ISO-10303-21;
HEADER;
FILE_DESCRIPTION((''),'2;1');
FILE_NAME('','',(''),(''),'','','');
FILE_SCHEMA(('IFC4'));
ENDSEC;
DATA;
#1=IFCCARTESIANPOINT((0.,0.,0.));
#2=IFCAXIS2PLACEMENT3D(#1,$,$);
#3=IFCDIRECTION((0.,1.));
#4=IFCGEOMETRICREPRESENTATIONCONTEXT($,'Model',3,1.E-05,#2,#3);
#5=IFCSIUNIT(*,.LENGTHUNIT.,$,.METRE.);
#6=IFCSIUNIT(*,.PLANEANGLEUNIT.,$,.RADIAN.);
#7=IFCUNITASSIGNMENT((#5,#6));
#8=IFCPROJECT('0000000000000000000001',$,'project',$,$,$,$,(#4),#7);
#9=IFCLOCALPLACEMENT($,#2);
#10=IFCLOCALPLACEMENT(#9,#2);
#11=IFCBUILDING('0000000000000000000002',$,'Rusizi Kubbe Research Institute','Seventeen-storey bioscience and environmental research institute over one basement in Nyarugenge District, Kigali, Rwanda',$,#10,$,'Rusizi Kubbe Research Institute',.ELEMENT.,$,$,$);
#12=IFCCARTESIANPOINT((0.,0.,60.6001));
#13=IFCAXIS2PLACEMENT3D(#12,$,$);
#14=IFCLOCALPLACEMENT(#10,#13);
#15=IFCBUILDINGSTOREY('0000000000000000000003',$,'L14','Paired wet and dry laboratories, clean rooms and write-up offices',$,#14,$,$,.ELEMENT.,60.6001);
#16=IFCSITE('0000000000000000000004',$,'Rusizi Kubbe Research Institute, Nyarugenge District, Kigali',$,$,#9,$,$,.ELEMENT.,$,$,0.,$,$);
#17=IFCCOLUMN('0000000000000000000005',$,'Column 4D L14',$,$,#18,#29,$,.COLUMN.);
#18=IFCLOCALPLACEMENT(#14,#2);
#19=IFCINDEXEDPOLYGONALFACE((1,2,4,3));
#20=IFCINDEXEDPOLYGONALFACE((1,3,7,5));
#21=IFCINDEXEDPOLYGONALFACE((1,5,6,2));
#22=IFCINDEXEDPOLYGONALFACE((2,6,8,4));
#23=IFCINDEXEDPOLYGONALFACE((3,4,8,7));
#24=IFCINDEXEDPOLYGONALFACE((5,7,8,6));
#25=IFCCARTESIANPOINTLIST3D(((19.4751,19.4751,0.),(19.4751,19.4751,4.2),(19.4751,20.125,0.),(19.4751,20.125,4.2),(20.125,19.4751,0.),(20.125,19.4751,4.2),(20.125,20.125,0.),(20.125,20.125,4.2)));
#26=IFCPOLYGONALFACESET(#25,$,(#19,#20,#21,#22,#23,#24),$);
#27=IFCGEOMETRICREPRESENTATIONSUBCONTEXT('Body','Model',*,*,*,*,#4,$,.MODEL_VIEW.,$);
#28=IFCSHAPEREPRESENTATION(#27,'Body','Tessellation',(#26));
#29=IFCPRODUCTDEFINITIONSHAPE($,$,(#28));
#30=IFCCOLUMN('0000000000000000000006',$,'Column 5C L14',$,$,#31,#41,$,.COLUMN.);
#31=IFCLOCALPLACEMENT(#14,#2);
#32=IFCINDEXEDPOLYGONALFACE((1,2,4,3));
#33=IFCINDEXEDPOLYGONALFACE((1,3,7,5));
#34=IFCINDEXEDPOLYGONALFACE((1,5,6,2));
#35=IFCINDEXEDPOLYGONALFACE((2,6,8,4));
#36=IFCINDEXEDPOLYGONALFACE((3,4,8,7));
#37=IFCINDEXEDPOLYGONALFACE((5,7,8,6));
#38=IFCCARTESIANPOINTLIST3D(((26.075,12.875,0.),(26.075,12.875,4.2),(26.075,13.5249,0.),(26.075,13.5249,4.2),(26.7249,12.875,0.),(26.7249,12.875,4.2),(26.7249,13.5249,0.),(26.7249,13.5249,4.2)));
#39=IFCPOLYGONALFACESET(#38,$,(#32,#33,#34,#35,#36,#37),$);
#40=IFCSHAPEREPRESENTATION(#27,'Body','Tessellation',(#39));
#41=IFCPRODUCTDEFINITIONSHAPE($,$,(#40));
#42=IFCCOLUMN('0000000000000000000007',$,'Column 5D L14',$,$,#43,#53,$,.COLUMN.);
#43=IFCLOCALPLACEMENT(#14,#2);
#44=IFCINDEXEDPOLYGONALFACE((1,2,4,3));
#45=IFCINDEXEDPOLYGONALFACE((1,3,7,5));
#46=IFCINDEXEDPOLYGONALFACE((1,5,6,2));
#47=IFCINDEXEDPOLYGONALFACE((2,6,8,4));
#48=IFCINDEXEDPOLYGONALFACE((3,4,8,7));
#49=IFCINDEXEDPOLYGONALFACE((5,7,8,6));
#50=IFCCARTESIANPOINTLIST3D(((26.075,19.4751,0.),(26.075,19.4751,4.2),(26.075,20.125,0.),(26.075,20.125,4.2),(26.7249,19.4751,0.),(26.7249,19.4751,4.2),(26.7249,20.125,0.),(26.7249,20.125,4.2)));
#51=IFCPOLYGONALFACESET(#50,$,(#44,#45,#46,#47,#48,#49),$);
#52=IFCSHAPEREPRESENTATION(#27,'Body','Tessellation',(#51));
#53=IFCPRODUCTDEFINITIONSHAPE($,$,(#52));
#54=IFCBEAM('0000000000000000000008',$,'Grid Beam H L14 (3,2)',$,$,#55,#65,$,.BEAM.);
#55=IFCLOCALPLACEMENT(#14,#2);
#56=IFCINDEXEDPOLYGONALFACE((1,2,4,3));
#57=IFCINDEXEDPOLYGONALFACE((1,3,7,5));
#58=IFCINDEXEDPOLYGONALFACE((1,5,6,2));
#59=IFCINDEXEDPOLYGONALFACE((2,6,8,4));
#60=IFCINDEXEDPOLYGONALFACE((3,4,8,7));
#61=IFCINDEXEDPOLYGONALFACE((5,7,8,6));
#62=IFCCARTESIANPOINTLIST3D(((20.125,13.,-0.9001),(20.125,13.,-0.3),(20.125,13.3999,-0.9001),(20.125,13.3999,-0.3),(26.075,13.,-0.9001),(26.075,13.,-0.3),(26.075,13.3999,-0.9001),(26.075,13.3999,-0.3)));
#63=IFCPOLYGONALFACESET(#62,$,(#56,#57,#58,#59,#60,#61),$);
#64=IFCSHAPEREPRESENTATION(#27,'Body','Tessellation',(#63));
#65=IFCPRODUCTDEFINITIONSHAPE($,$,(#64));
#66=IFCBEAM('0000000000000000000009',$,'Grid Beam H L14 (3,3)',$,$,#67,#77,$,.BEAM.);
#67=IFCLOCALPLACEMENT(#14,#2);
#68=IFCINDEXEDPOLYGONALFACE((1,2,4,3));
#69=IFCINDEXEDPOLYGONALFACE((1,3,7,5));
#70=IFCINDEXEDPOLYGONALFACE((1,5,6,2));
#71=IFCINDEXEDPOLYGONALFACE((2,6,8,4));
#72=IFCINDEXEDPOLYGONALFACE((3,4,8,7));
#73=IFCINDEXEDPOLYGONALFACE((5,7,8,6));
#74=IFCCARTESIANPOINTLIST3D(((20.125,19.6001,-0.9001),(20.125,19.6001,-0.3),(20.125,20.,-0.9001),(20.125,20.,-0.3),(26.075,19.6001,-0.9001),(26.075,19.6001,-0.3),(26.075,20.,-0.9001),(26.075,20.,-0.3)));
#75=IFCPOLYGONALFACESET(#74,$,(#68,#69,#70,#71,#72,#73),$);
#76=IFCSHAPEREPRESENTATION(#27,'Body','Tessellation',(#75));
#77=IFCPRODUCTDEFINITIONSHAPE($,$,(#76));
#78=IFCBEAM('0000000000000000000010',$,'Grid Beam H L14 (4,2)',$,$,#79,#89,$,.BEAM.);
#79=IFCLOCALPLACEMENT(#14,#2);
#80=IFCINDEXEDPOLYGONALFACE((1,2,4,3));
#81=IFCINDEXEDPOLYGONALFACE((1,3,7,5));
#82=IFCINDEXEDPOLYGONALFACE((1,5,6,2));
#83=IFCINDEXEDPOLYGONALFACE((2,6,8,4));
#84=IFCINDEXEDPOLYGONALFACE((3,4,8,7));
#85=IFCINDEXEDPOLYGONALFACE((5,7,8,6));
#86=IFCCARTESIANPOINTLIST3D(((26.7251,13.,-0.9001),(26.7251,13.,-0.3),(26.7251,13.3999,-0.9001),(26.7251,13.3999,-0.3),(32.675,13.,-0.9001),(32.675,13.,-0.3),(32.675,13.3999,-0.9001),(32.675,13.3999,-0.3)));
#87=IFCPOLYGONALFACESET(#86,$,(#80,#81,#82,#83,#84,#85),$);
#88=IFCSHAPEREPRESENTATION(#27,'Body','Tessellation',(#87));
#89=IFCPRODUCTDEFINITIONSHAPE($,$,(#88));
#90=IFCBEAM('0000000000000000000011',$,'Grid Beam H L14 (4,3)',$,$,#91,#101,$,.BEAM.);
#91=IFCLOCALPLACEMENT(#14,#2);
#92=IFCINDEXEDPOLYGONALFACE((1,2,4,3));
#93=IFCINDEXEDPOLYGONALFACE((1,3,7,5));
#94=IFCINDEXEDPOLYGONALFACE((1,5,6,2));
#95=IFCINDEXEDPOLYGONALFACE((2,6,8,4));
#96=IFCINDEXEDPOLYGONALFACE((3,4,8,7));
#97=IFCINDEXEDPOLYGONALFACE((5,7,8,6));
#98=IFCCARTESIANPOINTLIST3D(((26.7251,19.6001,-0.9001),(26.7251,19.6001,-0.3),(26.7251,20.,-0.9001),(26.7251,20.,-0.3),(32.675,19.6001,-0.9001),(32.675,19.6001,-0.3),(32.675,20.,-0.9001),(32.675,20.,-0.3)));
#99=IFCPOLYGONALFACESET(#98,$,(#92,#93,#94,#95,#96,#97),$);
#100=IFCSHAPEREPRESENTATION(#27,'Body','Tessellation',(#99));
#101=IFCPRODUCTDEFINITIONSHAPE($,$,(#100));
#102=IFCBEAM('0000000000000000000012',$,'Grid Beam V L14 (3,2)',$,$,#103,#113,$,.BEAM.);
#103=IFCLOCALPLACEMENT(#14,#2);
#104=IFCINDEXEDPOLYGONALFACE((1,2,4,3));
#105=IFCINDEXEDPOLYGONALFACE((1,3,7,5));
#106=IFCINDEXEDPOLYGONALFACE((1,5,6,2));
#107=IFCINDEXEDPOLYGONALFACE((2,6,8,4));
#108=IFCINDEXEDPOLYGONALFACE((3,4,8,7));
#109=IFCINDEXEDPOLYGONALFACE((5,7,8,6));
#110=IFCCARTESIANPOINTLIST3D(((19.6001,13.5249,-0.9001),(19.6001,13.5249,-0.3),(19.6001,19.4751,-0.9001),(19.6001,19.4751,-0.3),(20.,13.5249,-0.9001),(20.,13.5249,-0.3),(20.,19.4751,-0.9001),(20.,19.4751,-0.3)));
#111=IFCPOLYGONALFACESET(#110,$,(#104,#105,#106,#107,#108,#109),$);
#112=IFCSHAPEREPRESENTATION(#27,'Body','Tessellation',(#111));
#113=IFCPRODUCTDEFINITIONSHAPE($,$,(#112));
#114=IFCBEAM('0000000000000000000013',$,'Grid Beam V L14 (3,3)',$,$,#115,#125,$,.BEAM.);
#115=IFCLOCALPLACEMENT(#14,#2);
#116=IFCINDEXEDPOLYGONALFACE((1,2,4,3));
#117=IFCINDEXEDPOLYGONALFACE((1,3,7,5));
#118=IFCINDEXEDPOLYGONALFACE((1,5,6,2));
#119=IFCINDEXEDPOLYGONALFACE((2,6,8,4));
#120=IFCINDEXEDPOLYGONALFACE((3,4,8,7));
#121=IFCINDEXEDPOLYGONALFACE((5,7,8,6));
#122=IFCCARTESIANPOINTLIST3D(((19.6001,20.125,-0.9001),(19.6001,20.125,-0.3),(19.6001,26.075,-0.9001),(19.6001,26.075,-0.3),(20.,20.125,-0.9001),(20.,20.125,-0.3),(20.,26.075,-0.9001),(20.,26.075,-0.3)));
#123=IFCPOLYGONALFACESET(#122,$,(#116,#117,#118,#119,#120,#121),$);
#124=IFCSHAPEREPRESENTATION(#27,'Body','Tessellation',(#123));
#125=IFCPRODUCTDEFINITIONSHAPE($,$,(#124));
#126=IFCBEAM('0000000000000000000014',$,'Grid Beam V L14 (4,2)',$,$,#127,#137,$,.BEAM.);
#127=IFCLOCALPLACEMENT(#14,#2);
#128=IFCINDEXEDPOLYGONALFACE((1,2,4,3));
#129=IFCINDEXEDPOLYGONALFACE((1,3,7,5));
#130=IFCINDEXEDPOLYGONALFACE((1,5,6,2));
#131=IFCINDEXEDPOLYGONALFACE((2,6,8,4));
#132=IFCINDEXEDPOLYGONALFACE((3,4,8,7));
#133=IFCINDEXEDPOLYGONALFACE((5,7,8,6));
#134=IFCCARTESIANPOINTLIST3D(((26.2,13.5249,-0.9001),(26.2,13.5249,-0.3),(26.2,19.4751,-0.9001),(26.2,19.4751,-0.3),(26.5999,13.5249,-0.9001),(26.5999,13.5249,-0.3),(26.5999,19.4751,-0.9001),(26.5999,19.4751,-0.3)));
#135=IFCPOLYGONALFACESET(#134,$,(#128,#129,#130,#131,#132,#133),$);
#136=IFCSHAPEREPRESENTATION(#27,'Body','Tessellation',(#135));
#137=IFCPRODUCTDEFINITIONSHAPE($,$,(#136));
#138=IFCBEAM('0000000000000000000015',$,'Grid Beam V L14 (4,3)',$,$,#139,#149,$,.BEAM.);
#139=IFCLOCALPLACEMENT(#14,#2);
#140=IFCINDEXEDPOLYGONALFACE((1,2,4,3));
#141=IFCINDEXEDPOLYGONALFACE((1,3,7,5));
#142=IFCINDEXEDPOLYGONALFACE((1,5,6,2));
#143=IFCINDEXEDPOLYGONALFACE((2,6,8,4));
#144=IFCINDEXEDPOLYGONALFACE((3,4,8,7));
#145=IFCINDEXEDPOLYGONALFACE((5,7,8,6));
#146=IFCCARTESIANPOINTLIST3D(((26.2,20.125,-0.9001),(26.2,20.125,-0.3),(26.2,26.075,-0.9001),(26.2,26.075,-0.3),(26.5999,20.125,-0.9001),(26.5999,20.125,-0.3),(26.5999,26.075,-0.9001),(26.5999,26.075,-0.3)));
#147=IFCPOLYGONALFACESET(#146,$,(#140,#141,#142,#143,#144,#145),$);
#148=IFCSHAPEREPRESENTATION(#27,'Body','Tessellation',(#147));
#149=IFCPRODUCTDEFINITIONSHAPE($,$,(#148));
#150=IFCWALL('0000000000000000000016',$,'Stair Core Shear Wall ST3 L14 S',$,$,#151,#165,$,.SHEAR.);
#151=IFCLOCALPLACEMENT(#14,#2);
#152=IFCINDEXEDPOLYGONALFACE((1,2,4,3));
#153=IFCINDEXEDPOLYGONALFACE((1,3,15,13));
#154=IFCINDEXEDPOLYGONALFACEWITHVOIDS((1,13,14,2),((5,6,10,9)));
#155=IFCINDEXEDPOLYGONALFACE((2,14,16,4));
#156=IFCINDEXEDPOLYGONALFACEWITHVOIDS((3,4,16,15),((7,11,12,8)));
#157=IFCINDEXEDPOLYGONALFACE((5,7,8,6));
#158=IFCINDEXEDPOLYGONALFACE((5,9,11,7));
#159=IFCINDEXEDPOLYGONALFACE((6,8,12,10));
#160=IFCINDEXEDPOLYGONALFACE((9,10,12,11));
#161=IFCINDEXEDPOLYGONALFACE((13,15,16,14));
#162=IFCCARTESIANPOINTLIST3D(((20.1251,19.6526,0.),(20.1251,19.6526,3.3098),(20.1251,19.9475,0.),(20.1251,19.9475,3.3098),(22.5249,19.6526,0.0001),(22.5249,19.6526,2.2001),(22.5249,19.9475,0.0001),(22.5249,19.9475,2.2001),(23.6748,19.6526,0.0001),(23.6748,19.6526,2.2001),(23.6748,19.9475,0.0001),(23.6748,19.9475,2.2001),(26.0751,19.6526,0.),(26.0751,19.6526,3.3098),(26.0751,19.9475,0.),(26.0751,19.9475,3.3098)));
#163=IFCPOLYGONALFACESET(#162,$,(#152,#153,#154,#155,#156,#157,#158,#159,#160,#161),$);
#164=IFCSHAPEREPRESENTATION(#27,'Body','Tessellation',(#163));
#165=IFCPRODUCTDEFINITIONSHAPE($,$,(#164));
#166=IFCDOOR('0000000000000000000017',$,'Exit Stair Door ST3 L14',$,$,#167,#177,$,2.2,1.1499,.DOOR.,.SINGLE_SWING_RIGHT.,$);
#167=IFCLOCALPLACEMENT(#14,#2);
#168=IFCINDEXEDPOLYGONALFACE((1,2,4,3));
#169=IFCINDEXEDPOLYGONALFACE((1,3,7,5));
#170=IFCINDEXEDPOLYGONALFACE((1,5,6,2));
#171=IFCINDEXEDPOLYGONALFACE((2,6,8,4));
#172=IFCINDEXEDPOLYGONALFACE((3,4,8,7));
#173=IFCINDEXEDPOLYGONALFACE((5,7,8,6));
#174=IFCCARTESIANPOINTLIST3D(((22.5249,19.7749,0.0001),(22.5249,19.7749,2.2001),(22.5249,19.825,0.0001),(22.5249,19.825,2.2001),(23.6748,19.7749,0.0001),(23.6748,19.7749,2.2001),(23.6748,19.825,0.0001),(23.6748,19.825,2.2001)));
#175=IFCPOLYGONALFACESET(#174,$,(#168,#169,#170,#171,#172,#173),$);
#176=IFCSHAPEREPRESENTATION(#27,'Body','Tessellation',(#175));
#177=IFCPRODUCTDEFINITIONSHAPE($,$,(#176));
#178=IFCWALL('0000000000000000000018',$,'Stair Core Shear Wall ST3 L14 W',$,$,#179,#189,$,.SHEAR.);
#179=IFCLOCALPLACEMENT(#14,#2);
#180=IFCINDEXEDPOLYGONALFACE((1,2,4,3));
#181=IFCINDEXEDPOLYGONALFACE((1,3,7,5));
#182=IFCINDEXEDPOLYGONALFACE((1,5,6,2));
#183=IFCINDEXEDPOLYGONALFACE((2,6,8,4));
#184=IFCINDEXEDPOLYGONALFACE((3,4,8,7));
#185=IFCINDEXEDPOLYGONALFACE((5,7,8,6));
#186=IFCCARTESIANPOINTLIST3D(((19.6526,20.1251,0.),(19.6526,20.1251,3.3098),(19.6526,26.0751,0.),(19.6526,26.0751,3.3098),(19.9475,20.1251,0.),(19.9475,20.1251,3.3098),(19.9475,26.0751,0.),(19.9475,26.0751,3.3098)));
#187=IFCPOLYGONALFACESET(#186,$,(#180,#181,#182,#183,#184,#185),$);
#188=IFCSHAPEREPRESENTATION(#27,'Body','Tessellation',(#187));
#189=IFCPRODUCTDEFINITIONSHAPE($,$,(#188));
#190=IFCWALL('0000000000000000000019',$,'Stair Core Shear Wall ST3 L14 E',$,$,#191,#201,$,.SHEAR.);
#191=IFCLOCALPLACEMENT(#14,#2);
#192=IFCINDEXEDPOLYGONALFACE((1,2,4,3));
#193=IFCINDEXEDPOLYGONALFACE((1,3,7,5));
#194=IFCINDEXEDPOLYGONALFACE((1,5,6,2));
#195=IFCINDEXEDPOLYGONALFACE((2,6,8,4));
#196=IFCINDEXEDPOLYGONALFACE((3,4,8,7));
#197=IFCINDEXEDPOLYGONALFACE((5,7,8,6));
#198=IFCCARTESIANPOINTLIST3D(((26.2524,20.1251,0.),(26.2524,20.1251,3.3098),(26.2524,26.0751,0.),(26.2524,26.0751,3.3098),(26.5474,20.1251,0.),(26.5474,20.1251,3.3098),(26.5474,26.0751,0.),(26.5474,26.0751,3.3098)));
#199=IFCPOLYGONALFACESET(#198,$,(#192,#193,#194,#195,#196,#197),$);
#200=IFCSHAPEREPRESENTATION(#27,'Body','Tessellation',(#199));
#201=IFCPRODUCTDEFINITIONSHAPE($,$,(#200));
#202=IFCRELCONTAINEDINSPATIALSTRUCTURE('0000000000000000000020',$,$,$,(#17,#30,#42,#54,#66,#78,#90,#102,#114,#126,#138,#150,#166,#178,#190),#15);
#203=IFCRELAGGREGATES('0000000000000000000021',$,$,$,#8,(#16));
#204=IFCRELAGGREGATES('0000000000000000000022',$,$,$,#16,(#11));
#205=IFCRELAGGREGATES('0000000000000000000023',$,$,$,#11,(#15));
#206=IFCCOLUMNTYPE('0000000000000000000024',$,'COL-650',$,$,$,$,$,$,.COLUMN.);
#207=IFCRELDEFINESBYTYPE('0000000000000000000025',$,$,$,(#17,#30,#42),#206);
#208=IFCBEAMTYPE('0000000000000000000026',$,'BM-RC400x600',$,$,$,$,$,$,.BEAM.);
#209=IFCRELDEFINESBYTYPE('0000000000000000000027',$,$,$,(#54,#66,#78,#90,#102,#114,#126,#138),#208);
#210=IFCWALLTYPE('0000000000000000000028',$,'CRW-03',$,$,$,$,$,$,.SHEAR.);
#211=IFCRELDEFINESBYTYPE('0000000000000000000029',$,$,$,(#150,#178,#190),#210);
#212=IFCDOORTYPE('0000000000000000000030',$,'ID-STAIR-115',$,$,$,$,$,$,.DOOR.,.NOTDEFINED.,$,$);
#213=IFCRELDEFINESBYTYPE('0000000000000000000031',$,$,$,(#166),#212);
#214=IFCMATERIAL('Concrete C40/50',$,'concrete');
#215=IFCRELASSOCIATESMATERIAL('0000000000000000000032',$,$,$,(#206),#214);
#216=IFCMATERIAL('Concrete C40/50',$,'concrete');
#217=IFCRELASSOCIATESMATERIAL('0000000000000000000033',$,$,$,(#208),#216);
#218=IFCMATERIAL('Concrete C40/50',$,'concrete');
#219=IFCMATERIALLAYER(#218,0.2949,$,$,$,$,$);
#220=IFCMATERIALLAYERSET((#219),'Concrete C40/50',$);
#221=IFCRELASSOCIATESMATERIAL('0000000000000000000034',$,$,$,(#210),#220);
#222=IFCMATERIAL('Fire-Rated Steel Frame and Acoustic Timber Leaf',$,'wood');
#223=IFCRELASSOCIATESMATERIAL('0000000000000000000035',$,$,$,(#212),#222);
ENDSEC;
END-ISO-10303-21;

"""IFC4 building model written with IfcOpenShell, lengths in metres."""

from ifc_helpers import new_model, si_unit, direction, frame, frame_2d, origin, origin_2d, place, context, subcontext, project, spatial, rectangle, extrude, material, layer, layer_set, material_profile, profile_set, type_object, element, fill, save


model = new_model("IFC4")

# Units and contexts
model_context = context("Model", 3, precision=1e-05, world=origin(), true_north=direction((0.0, 1.0)))
body_context = subcontext(model_context, "Body", "Model", "MODEL_VIEW")
ifc_project = project(units=[si_unit("LENGTHUNIT", "METRE"), si_unit("PLANEANGLEUNIT", "RADIAN")], contexts=[model_context])

# Site, building, storey
site_placement = place(None, origin())
site = spatial("IfcSite", under=ifc_project, at=site_placement, Name="Rusizi Kubbe Research Institute, Nyarugenge District, Kigali", CompositionType="ELEMENT", RefElevation=0.0)
building_placement = place(site_placement, origin())
building = spatial("IfcBuilding", under=site, at=building_placement, Name="Rusizi Kubbe Research Institute", Description="Seventeen-storey bioscience and environmental research institute over one basement in Nyarugenge District, Kigali, Rwanda", LongName="Rusizi Kubbe Research Institute", CompositionType="ELEMENT")
storey_placement = place(building_placement, frame((0.0, 0.0, 60.6001)))
storey = spatial("IfcBuildingStorey", under=building, at=storey_placement, Name="L14", Description="Paired wet and dry laboratories, clean rooms and write-up offices", CompositionType="ELEMENT", Elevation=60.6001)

# Columns
ifc_material_1 = material(Name="Concrete C40/50", Category="concrete")
ifc_material_profile_1 = material_profile(ifc_material_1, rectangle(XDim=0.6499, YDim=0.6499, at=origin_2d()), Name="RC650x650")
ifc_profile_set_1 = profile_set([ifc_material_profile_1], Name="Concrete C40/50")
column_type = type_object("IfcColumnType", Name="COL-650", PredefinedType="COLUMN", material=ifc_profile_set_1)
for number, where, z_axis, x_axis, name in (
    (1, (19.8, 19.8, 0.0), (0.0, 0.0, 1.0), (1.0, 0.0, 0.0), "Column 4D L14"),
    (2, (26.3999, 13.2, 0.0), (0.0, 0.0, 1.0), (1.0, 0.0, 0.0), "Column 5C L14"),
    (3, (26.3999, 19.8, 0.0), (0.0, 0.0, 1.0), (1.0, 0.0, 0.0), "Column 5D L14"),
):
    element("IfcColumn", number, at=place(storey_placement, frame(where, z_axis=z_axis, x_axis=x_axis)), inside=storey, type_object=column_type, Name=name, PredefinedType="COLUMN", context=body_context, shape_type="SweptSolid", body=[
        extrude(rectangle(XDim=0.6499, YDim=0.6499, at=origin_2d()), origin(), (0.0, 0.0, 1.0), 4.2),
    ])

# Beams
ifc_material_2 = material(Name="Concrete C40/50", Category="concrete")
ifc_material_profile_2 = material_profile(ifc_material_2, rectangle(XDim=0.3999, YDim=0.6001, at=origin_2d()), Name="RC400x600")
ifc_profile_set_2 = profile_set([ifc_material_profile_2], Name="Concrete C40/50")
beam_type = type_object("IfcBeamType", Name="BM-RC400x600", PredefinedType="BEAM", material=ifc_profile_set_2)
for number, where, z_axis, x_axis, name in (
    (4, (20.125, 13.2, -0.6001), (1.0, 0.0, 0.0), (0.0, 1.0, 0.0), "Grid Beam H L14 (3,2)"),
    (5, (20.125, 19.8, -0.6001), (1.0, 0.0, 0.0), (0.0, 1.0, 0.0), "Grid Beam H L14 (3,3)"),
    (6, (26.7251, 13.2, -0.6001), (1.0, 0.0, 0.0), (0.0, 1.0, 0.0), "Grid Beam H L14 (4,2)"),
    (7, (26.7251, 19.8, -0.6001), (1.0, 0.0, 0.0), (0.0, 1.0, 0.0), "Grid Beam H L14 (4,3)"),
):
    element("IfcBeam", number, at=place(storey_placement, frame(where, z_axis=z_axis, x_axis=x_axis)), inside=storey, type_object=beam_type, Name=name, PredefinedType="BEAM", context=body_context, shape_type="SweptSolid", body=[
        extrude(rectangle(XDim=0.3999, YDim=0.6001, at=origin_2d()), origin(), (0.0, 0.0, 1.0), 5.95),
    ])
beam_1_placement = place(storey_placement, frame((19.8, 13.5249, -0.6001), z_axis=(0.0, 1.0, 0.0), x_axis=(-1.0, 0.0, 0.0)))
element("IfcBeam", 8, at=beam_1_placement, inside=storey, type_object=beam_type, Name="Grid Beam V L14 (3,2)", PredefinedType="BEAM", context=body_context, shape_type="SweptSolid", body=[
    extrude(rectangle(XDim=0.3999, YDim=0.6001, at=origin_2d()), origin(), (0.0, 0.0, 1.0), 5.9502),
])
beam_2_placement = place(storey_placement, frame((19.8, 20.125, -0.6001), z_axis=(0.0, 1.0, 0.0), x_axis=(-1.0, 0.0, 0.0)))
element("IfcBeam", 9, at=beam_2_placement, inside=storey, type_object=beam_type, Name="Grid Beam V L14 (3,3)", PredefinedType="BEAM", context=body_context, shape_type="SweptSolid", body=[
    extrude(rectangle(XDim=0.3999, YDim=0.6001, at=origin_2d()), origin(), (0.0, 0.0, 1.0), 5.95),
])
beam_3_placement = place(storey_placement, frame((26.3999, 13.5249, -0.6001), z_axis=(0.0, 1.0, 0.0), x_axis=(-1.0, 0.0, 0.0)))
element("IfcBeam", 10, at=beam_3_placement, inside=storey, type_object=beam_type, Name="Grid Beam V L14 (4,2)", PredefinedType="BEAM", context=body_context, shape_type="SweptSolid", body=[
    extrude(rectangle(XDim=0.3999, YDim=0.6001, at=origin_2d()), origin(), (0.0, 0.0, 1.0), 5.9502),
])
beam_4_placement = place(storey_placement, frame((26.3999, 20.125, -0.6001), z_axis=(0.0, 1.0, 0.0), x_axis=(-1.0, 0.0, 0.0)))
element("IfcBeam", 11, at=beam_4_placement, inside=storey, type_object=beam_type, Name="Grid Beam V L14 (4,3)", PredefinedType="BEAM", context=body_context, shape_type="SweptSolid", body=[
    extrude(rectangle(XDim=0.3999, YDim=0.6001, at=origin_2d()), origin(), (0.0, 0.0, 1.0), 5.95),
])

# Wall, opening, door
ifc_material_3 = material(Name="Concrete C40/50", Category="concrete")
ifc_layer_1 = layer(ifc_material_3, 0.2949)
ifc_layer_set_1 = layer_set([ifc_layer_1], Name="Concrete C40/50")
wall_type_1 = type_object("IfcWallType", Name="CRW-03", PredefinedType="SHEAR", material=ifc_layer_set_1)
wall_1_placement = place(storey_placement, frame((20.125, 19.8, 0.0), z_axis=(0.0, 0.0, 1.0), x_axis=(1.0, 0.0, 0.0)))
wall_1 = element("IfcWall", 12, at=wall_1_placement, inside=storey, type_object=wall_type_1, Name="Stair Core Shear Wall ST3 L14 S", PredefinedType="SHEAR", context=body_context, shape_type="SweptSolid", body=[
    extrude(rectangle(XDim=5.95, YDim=0.2949, at=frame_2d((2.9751, 0.0))), origin(), (0.0, 0.0, 1.0), 3.3098),
])
opening_1_placement = place(wall_1_placement, frame((2.3999, 0.0, 0.0)))
opening_1 = element("IfcOpeningElement", 13, at=opening_1_placement, cuts=wall_1, PredefinedType="OPENING", context=body_context, shape_type="SweptSolid", body=[
    extrude(rectangle(XDim=1.1499, YDim=2.2, at=frame_2d((0.575, 1.1001))), frame((0.0, 0.1575, 0.0), z_axis=(0.0, -1.0, 0.0), x_axis=(1.0, 0.0, 0.0)), (0.0, 0.0, 1.0), 0.3149),
])
ifc_material_4 = material(Name="Fire-Rated Steel Frame and Acoustic Timber Leaf", Category="wood")
door_type_1 = type_object("IfcDoorType", Name="ID-STAIR-115", OperationType="NOTDEFINED", PredefinedType="DOOR", material=ifc_material_4)
door_1_placement = place(opening_1_placement, origin())
door_1 = element("IfcDoor", 14, at=door_1_placement, inside=storey, type_object=door_type_1, Name="Exit Stair Door ST3 L14", OperationType="SINGLE_SWING_RIGHT", OverallHeight=2.2, OverallWidth=1.1499, PredefinedType="DOOR", context=body_context, shape_type="SweptSolid", body=[
    extrude(rectangle(XDim=1.1499, YDim=2.2, at=frame_2d((0.575, 1.1001))), frame((0.0, 0.0249, 0.0), z_axis=(0.0, -1.0, 0.0), x_axis=(1.0, 0.0, 0.0)), (0.0, 0.0, 1.0), 0.05),
])
fill(opening_1, door_1)

# Walls
for number, where, z_axis, x_axis, name in (
    (15, (19.8, 20.125, 0.0), (0.0, 0.0, 1.0), (0.0, 1.0, 0.0), "Stair Core Shear Wall ST3 L14 W"),
    (16, (26.3999, 20.125, 0.0), (0.0, 0.0, 1.0), (0.0, 1.0, 0.0), "Stair Core Shear Wall ST3 L14 E"),
):
    element("IfcWall", number, at=place(storey_placement, frame(where, z_axis=z_axis, x_axis=x_axis)), inside=storey, type_object=wall_type_1, Name=name, PredefinedType="SHEAR", context=body_context, shape_type="SweptSolid", body=[
        extrude(rectangle(XDim=5.95, YDim=0.2949, at=frame_2d((2.9751, 0.0))), origin(), (0.0, 0.0, 1.0), 3.3098),
    ])

save(model, "model.ifc")
